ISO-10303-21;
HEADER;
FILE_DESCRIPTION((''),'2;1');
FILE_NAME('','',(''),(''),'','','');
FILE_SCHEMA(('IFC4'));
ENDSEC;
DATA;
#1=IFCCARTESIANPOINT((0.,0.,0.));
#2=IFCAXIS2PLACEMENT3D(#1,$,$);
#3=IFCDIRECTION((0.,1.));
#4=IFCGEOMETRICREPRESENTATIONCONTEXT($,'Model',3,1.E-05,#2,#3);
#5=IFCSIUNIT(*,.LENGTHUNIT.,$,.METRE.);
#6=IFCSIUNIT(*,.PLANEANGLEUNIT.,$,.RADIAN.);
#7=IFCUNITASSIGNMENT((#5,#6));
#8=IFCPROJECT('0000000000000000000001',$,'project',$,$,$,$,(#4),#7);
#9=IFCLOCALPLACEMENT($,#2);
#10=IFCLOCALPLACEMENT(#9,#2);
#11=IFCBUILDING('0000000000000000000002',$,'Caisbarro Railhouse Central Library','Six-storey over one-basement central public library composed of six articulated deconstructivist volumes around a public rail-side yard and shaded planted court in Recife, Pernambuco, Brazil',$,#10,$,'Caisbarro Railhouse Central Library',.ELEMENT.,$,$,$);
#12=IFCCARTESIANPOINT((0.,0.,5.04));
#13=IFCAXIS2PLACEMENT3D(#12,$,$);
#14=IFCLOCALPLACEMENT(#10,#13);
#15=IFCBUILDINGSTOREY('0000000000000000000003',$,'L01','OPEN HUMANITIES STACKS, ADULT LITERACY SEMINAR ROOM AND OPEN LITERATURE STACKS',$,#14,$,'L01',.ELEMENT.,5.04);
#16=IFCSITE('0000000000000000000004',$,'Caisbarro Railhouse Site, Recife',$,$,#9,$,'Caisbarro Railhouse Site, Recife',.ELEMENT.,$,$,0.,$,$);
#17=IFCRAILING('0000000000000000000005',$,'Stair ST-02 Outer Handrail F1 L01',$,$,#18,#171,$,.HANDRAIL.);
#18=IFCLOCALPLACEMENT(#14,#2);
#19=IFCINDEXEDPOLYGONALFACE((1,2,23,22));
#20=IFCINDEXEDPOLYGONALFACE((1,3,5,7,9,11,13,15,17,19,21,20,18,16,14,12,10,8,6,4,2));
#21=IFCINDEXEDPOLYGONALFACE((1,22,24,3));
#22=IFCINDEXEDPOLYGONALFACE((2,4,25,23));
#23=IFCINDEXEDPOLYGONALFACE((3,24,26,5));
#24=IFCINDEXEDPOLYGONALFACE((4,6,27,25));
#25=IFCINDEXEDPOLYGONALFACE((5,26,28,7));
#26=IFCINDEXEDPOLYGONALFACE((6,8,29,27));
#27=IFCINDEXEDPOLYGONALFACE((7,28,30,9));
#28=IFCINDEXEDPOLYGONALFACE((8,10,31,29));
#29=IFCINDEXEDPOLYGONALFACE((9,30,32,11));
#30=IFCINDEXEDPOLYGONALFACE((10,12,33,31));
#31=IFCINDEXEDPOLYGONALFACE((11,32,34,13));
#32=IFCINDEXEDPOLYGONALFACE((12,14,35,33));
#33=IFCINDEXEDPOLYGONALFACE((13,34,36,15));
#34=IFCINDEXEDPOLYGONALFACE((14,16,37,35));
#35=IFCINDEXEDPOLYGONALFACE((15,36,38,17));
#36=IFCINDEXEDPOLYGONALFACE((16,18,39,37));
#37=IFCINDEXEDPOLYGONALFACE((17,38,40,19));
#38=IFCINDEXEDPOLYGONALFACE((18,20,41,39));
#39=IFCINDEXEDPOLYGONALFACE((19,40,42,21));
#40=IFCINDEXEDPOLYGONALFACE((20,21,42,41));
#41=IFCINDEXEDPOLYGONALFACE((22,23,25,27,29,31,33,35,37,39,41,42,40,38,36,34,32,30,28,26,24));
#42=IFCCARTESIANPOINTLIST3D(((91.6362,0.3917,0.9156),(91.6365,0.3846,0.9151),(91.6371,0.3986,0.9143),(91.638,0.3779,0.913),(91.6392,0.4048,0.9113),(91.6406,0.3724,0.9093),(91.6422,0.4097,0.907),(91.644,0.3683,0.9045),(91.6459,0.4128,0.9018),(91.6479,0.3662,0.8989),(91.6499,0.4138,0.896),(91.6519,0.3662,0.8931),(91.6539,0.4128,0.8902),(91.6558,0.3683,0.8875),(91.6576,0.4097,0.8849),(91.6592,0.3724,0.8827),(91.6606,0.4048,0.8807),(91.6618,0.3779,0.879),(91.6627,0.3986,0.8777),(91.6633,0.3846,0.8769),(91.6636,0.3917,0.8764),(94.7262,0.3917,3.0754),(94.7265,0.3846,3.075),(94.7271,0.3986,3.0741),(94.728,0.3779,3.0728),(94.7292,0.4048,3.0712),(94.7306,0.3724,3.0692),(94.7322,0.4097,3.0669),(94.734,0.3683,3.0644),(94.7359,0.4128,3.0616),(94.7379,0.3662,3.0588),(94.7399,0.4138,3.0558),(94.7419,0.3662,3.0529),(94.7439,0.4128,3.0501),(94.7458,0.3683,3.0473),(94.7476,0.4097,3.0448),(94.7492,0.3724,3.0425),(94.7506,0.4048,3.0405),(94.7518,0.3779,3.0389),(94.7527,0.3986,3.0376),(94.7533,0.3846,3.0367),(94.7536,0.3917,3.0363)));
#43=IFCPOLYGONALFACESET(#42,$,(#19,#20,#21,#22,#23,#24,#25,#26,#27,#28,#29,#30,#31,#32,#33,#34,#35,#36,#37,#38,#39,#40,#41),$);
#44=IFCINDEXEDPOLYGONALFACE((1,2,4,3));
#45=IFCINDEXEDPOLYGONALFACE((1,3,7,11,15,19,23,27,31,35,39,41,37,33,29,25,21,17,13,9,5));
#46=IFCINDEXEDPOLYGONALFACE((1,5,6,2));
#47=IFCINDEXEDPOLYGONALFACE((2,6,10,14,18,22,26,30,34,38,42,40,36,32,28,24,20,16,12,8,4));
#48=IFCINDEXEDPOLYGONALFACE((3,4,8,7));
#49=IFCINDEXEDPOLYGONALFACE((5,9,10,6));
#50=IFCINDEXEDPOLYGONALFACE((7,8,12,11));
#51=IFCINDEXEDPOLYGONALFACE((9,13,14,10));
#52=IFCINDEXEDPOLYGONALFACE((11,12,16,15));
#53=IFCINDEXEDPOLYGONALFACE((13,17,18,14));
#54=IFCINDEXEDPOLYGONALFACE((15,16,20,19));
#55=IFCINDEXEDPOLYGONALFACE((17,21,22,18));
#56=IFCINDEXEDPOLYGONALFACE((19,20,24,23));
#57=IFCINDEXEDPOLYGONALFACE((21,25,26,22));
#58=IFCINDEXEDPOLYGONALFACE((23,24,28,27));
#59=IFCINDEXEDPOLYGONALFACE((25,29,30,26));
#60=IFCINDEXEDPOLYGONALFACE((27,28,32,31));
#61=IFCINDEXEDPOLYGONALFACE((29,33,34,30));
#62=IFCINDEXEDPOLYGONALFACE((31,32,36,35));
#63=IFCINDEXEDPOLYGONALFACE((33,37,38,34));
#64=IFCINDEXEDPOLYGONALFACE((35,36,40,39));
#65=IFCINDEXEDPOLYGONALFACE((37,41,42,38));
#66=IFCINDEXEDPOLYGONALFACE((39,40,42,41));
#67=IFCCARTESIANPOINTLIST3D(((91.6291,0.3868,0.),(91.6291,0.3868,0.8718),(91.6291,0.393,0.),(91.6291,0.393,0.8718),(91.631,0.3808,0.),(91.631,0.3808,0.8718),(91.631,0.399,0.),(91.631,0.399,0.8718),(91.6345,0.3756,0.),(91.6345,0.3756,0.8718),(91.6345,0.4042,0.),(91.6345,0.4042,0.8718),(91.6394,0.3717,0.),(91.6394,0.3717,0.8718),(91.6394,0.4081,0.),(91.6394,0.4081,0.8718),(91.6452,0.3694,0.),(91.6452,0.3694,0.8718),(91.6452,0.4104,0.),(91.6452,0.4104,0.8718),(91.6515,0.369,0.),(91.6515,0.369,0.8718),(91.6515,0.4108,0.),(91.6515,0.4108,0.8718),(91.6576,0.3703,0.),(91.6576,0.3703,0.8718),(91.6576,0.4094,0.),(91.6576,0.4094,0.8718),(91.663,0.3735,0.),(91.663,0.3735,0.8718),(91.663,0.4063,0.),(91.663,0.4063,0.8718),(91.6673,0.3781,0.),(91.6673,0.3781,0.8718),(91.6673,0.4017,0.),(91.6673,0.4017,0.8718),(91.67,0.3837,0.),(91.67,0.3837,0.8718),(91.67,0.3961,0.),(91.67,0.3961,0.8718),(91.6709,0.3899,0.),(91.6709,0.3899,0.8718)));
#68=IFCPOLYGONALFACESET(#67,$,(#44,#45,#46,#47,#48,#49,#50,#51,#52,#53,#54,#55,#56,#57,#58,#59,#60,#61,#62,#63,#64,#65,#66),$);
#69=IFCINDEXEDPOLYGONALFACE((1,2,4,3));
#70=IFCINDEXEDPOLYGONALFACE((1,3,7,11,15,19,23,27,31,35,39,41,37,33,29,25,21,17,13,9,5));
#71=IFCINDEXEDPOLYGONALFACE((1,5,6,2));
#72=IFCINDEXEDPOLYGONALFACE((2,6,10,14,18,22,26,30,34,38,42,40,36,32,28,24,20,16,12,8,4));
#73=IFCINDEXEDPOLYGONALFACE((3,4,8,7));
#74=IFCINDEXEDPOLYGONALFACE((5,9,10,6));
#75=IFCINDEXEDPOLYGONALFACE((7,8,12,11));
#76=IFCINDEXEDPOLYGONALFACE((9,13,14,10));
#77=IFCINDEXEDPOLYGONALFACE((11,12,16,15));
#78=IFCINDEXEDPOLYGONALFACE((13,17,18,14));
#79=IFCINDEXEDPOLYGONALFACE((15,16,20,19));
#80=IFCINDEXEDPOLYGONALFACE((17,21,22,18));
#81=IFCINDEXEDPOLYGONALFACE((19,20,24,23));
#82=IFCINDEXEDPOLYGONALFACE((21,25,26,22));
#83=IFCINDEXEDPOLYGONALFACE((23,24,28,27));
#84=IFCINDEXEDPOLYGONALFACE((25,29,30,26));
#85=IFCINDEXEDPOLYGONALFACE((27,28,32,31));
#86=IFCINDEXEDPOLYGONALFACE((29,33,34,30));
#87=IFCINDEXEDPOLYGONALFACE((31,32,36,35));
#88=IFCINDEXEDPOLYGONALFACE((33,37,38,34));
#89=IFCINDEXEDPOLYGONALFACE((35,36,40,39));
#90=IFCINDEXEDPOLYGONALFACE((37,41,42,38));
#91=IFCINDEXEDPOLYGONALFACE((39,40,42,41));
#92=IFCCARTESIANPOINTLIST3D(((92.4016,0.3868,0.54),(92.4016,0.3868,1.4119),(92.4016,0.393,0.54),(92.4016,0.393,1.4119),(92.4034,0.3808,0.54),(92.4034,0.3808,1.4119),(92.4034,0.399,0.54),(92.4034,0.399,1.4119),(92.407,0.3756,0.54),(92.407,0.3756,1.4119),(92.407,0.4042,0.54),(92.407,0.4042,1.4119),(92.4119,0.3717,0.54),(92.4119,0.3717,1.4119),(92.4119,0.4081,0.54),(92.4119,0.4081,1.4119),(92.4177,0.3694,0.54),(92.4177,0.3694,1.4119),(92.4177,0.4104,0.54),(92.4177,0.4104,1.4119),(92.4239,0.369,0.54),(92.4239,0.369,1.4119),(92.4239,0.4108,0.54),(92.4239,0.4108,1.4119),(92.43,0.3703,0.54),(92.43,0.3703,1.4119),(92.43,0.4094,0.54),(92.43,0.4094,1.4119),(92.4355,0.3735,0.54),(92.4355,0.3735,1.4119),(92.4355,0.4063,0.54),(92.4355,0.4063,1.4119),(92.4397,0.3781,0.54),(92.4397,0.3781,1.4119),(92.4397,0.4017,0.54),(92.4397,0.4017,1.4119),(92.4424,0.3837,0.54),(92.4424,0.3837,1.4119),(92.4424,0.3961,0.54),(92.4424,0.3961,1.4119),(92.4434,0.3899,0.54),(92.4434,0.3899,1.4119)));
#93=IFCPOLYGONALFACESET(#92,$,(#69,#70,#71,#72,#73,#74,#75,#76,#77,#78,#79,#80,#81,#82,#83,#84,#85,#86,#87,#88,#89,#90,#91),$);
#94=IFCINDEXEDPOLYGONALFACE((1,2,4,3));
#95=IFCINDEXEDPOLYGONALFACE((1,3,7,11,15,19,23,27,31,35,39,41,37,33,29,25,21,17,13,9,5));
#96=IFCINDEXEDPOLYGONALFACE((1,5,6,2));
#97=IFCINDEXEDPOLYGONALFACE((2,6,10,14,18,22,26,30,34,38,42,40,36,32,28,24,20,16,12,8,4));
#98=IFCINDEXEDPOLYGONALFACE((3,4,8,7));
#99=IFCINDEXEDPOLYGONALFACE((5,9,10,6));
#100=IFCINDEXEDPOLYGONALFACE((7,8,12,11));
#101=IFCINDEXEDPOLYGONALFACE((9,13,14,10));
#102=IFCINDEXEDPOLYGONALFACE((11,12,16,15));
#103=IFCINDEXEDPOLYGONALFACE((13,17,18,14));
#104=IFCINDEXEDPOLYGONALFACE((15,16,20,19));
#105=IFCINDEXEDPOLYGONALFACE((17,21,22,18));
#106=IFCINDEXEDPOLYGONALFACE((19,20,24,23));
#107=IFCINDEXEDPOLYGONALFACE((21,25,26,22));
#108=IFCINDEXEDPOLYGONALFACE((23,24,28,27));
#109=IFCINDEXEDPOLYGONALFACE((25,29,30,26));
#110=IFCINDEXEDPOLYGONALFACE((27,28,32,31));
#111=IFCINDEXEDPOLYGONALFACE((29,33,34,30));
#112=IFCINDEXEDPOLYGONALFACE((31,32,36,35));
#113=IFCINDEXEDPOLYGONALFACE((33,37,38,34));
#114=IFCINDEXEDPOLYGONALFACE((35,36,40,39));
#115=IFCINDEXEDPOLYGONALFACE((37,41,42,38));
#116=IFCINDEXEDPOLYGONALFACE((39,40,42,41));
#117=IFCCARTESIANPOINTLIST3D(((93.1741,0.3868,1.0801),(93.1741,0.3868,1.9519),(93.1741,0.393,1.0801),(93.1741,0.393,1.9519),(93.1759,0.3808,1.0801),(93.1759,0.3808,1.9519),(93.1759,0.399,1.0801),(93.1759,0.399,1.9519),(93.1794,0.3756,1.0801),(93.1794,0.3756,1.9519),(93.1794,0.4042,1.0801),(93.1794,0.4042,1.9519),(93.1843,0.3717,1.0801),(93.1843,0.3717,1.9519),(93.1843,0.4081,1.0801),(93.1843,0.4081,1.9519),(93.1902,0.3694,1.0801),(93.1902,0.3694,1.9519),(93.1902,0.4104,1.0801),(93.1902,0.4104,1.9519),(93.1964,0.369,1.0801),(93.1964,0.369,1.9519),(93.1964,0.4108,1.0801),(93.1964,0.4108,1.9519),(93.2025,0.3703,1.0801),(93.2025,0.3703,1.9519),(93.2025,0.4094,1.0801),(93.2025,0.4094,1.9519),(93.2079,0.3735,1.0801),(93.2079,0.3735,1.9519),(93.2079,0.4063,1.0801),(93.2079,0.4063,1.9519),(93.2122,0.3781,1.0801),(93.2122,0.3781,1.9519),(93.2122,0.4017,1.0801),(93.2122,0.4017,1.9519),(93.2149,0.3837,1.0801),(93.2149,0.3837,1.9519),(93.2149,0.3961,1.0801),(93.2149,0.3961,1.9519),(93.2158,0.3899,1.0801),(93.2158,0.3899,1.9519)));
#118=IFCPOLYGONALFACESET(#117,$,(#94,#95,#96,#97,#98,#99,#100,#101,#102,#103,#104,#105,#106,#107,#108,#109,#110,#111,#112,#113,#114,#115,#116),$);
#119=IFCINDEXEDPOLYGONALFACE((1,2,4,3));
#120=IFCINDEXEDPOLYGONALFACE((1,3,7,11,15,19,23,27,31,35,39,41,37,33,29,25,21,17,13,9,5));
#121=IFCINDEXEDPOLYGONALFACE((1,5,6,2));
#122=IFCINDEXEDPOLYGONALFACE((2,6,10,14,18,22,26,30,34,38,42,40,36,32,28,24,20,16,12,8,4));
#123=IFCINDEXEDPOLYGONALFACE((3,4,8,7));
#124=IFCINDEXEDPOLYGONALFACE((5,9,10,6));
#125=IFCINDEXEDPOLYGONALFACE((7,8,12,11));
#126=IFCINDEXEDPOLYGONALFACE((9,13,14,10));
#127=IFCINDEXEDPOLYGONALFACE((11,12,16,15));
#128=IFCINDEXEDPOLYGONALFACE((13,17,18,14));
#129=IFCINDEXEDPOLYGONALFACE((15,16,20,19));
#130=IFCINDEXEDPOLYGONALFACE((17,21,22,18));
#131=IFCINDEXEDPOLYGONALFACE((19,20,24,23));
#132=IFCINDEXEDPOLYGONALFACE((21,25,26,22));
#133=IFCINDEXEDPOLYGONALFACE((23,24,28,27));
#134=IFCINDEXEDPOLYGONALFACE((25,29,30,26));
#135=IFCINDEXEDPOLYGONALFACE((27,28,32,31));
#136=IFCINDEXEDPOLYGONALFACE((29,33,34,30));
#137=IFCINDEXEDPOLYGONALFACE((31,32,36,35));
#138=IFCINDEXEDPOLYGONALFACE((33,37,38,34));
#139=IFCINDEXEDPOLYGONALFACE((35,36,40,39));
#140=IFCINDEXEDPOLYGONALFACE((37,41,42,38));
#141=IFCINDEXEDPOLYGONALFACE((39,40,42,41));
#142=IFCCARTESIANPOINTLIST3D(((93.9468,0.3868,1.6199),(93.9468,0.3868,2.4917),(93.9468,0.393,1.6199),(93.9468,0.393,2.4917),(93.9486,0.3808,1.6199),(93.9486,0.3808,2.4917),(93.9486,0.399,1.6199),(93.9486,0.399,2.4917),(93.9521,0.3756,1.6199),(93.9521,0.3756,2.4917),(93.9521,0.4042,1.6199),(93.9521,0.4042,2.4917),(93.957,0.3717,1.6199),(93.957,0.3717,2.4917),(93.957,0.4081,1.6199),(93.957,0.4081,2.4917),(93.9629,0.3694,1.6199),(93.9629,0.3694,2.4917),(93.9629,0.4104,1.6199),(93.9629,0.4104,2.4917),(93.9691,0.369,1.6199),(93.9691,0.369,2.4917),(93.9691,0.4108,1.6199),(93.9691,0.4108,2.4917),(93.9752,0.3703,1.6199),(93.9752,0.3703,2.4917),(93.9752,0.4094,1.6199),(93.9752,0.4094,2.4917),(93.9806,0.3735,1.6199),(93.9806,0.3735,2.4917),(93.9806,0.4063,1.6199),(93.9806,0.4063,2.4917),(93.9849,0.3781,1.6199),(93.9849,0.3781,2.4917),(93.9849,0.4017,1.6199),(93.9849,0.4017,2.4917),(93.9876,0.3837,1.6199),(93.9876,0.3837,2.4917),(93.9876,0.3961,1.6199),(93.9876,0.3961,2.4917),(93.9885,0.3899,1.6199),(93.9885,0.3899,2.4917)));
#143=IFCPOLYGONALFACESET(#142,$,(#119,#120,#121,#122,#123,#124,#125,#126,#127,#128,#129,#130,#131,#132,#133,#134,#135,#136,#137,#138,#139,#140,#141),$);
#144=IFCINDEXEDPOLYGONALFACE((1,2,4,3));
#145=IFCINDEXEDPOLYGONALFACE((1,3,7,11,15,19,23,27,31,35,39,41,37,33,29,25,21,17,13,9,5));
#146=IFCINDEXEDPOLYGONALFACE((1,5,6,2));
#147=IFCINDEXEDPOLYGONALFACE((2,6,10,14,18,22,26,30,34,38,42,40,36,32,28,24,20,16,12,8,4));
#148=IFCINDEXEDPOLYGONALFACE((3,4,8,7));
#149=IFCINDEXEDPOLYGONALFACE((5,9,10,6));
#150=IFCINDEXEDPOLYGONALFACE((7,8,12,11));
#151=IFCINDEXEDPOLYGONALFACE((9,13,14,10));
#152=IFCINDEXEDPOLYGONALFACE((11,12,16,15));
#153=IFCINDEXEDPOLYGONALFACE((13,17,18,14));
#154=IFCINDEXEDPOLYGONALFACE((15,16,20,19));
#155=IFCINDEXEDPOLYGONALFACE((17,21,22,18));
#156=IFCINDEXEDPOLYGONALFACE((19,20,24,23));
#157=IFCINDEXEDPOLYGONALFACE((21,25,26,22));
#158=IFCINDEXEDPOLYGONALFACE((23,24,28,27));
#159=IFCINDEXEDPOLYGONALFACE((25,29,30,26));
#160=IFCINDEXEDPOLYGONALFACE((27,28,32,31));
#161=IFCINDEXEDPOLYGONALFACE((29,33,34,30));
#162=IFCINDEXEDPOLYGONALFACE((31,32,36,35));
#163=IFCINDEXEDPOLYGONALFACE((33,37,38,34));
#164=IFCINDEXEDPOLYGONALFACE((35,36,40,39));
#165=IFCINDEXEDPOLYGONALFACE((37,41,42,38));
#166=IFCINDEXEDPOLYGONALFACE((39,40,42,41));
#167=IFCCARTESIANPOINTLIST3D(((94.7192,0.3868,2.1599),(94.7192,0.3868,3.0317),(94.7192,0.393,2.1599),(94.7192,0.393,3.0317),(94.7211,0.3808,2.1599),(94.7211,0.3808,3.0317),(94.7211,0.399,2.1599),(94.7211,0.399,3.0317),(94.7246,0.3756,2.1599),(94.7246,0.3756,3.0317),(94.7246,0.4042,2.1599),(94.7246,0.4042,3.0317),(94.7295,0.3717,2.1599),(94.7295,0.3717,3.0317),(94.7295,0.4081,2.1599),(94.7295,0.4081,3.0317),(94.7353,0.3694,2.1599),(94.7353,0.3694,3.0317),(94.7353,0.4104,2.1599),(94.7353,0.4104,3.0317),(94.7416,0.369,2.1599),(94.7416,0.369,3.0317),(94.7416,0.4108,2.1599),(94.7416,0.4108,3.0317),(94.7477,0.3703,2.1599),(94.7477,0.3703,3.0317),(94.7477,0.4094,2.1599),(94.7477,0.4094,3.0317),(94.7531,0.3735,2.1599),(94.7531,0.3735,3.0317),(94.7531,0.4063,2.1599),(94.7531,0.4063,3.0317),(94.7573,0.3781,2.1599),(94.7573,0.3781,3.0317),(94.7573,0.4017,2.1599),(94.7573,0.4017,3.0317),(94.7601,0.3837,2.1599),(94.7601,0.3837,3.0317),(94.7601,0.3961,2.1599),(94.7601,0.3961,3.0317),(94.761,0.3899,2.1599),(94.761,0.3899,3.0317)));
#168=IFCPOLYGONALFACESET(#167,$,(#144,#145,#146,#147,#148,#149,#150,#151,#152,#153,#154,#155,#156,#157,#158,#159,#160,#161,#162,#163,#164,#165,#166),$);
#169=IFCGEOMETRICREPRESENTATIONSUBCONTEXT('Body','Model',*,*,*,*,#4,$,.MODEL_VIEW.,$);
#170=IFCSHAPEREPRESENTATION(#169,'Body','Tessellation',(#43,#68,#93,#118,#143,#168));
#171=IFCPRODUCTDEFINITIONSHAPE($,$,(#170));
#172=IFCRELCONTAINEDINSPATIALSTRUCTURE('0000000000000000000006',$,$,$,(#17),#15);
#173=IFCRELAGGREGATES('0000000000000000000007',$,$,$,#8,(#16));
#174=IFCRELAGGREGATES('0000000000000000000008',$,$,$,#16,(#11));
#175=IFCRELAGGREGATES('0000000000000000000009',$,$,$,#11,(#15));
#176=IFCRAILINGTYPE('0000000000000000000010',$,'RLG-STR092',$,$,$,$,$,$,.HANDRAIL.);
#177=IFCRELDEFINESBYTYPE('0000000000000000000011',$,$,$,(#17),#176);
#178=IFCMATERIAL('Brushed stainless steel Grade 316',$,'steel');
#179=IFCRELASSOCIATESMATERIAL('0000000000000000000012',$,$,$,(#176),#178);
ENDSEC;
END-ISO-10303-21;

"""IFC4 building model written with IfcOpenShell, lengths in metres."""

from ifc_helpers import new_model, si_unit, direction, frame, origin, origin_2d, place, context, subcontext, project, spatial, circle, extrude, material, type_object, element, save


model = new_model("IFC4")

# Units and contexts
model_context = context("Model", 3, precision=1e-05, world=origin(), true_north=direction((0.0, 1.0)))
body_context = subcontext(model_context, "Body", "Model", "MODEL_VIEW")
ifc_project = project(units=[si_unit("LENGTHUNIT", "METRE"), si_unit("PLANEANGLEUNIT", "RADIAN")], contexts=[model_context])

# Site, building, storey
site_placement = place(None, origin())
site = spatial("IfcSite", under=ifc_project, at=site_placement, Name="Caisbarro Railhouse Site, Recife", LongName="Caisbarro Railhouse Site, Recife", CompositionType="ELEMENT", RefElevation=0.0)
building_placement = place(site_placement, origin())
building = spatial("IfcBuilding", under=site, at=building_placement, Name="Caisbarro Railhouse Central Library", Description="Six-storey over one-basement central public library composed of six articulated deconstructivist volumes around a public rail-side yard and shaded planted court in Recife, Pernambuco, Brazil", LongName="Caisbarro Railhouse Central Library", CompositionType="ELEMENT")
storey_placement = place(building_placement, frame((0.0, 0.0, 5.04)))
storey = spatial("IfcBuildingStorey", under=building, at=storey_placement, Name="L01", Description="OPEN HUMANITIES STACKS, ADULT LITERACY SEMINAR ROOM AND OPEN LITERATURE STACKS", LongName="L01", CompositionType="ELEMENT", Elevation=5.04)

# Railing
ifc_material_1 = material(Name="Brushed stainless steel Grade 316", Category="steel")
railing_type_1 = type_object("IfcRailingType", Name="RLG-STR092", PredefinedType="HANDRAIL", material=ifc_material_1)
railing_1_placement = place(storey_placement, frame((91.6499, 0.3899, 0.0)))
element("IfcRailing", 1, at=railing_1_placement, inside=storey, type_object=railing_type_1, Name="Stair ST-02 Outer Handrail F1 L01", PredefinedType="HANDRAIL", context=body_context, shape_type="SweptSolid", body=[
    extrude(circle(Radius=0.0239, at=origin_2d()), frame((0.0, 0.0, 0.896), z_axis=(0.819624, 0.0, 0.572902), x_axis=(0.0, 1.0, 0.0)), (0.0, 0.0, 1.0), 3.77),
    extrude(circle(Radius=0.021, at=origin_2d()), origin(), (0.0, 0.0, 1.0), 0.8718),
    extrude(circle(Radius=0.021, at=origin_2d()), frame((0.7725, 0.0, 0.54)), (0.0, 0.0, 1.0), 0.8718),
    extrude(circle(Radius=0.021, at=origin_2d()), frame((1.5449, 0.0, 1.0801)), (0.0, 0.0, 1.0), 0.8718),
    extrude(circle(Radius=0.021, at=origin_2d()), frame((2.3176, 0.0, 1.6199)), (0.0, 0.0, 1.0), 0.8718),
    extrude(circle(Radius=0.021, at=origin_2d()), frame((3.0901, 0.0, 2.1599)), (0.0, 0.0, 1.0), 0.8718),
])

save(model, "model.ifc")
